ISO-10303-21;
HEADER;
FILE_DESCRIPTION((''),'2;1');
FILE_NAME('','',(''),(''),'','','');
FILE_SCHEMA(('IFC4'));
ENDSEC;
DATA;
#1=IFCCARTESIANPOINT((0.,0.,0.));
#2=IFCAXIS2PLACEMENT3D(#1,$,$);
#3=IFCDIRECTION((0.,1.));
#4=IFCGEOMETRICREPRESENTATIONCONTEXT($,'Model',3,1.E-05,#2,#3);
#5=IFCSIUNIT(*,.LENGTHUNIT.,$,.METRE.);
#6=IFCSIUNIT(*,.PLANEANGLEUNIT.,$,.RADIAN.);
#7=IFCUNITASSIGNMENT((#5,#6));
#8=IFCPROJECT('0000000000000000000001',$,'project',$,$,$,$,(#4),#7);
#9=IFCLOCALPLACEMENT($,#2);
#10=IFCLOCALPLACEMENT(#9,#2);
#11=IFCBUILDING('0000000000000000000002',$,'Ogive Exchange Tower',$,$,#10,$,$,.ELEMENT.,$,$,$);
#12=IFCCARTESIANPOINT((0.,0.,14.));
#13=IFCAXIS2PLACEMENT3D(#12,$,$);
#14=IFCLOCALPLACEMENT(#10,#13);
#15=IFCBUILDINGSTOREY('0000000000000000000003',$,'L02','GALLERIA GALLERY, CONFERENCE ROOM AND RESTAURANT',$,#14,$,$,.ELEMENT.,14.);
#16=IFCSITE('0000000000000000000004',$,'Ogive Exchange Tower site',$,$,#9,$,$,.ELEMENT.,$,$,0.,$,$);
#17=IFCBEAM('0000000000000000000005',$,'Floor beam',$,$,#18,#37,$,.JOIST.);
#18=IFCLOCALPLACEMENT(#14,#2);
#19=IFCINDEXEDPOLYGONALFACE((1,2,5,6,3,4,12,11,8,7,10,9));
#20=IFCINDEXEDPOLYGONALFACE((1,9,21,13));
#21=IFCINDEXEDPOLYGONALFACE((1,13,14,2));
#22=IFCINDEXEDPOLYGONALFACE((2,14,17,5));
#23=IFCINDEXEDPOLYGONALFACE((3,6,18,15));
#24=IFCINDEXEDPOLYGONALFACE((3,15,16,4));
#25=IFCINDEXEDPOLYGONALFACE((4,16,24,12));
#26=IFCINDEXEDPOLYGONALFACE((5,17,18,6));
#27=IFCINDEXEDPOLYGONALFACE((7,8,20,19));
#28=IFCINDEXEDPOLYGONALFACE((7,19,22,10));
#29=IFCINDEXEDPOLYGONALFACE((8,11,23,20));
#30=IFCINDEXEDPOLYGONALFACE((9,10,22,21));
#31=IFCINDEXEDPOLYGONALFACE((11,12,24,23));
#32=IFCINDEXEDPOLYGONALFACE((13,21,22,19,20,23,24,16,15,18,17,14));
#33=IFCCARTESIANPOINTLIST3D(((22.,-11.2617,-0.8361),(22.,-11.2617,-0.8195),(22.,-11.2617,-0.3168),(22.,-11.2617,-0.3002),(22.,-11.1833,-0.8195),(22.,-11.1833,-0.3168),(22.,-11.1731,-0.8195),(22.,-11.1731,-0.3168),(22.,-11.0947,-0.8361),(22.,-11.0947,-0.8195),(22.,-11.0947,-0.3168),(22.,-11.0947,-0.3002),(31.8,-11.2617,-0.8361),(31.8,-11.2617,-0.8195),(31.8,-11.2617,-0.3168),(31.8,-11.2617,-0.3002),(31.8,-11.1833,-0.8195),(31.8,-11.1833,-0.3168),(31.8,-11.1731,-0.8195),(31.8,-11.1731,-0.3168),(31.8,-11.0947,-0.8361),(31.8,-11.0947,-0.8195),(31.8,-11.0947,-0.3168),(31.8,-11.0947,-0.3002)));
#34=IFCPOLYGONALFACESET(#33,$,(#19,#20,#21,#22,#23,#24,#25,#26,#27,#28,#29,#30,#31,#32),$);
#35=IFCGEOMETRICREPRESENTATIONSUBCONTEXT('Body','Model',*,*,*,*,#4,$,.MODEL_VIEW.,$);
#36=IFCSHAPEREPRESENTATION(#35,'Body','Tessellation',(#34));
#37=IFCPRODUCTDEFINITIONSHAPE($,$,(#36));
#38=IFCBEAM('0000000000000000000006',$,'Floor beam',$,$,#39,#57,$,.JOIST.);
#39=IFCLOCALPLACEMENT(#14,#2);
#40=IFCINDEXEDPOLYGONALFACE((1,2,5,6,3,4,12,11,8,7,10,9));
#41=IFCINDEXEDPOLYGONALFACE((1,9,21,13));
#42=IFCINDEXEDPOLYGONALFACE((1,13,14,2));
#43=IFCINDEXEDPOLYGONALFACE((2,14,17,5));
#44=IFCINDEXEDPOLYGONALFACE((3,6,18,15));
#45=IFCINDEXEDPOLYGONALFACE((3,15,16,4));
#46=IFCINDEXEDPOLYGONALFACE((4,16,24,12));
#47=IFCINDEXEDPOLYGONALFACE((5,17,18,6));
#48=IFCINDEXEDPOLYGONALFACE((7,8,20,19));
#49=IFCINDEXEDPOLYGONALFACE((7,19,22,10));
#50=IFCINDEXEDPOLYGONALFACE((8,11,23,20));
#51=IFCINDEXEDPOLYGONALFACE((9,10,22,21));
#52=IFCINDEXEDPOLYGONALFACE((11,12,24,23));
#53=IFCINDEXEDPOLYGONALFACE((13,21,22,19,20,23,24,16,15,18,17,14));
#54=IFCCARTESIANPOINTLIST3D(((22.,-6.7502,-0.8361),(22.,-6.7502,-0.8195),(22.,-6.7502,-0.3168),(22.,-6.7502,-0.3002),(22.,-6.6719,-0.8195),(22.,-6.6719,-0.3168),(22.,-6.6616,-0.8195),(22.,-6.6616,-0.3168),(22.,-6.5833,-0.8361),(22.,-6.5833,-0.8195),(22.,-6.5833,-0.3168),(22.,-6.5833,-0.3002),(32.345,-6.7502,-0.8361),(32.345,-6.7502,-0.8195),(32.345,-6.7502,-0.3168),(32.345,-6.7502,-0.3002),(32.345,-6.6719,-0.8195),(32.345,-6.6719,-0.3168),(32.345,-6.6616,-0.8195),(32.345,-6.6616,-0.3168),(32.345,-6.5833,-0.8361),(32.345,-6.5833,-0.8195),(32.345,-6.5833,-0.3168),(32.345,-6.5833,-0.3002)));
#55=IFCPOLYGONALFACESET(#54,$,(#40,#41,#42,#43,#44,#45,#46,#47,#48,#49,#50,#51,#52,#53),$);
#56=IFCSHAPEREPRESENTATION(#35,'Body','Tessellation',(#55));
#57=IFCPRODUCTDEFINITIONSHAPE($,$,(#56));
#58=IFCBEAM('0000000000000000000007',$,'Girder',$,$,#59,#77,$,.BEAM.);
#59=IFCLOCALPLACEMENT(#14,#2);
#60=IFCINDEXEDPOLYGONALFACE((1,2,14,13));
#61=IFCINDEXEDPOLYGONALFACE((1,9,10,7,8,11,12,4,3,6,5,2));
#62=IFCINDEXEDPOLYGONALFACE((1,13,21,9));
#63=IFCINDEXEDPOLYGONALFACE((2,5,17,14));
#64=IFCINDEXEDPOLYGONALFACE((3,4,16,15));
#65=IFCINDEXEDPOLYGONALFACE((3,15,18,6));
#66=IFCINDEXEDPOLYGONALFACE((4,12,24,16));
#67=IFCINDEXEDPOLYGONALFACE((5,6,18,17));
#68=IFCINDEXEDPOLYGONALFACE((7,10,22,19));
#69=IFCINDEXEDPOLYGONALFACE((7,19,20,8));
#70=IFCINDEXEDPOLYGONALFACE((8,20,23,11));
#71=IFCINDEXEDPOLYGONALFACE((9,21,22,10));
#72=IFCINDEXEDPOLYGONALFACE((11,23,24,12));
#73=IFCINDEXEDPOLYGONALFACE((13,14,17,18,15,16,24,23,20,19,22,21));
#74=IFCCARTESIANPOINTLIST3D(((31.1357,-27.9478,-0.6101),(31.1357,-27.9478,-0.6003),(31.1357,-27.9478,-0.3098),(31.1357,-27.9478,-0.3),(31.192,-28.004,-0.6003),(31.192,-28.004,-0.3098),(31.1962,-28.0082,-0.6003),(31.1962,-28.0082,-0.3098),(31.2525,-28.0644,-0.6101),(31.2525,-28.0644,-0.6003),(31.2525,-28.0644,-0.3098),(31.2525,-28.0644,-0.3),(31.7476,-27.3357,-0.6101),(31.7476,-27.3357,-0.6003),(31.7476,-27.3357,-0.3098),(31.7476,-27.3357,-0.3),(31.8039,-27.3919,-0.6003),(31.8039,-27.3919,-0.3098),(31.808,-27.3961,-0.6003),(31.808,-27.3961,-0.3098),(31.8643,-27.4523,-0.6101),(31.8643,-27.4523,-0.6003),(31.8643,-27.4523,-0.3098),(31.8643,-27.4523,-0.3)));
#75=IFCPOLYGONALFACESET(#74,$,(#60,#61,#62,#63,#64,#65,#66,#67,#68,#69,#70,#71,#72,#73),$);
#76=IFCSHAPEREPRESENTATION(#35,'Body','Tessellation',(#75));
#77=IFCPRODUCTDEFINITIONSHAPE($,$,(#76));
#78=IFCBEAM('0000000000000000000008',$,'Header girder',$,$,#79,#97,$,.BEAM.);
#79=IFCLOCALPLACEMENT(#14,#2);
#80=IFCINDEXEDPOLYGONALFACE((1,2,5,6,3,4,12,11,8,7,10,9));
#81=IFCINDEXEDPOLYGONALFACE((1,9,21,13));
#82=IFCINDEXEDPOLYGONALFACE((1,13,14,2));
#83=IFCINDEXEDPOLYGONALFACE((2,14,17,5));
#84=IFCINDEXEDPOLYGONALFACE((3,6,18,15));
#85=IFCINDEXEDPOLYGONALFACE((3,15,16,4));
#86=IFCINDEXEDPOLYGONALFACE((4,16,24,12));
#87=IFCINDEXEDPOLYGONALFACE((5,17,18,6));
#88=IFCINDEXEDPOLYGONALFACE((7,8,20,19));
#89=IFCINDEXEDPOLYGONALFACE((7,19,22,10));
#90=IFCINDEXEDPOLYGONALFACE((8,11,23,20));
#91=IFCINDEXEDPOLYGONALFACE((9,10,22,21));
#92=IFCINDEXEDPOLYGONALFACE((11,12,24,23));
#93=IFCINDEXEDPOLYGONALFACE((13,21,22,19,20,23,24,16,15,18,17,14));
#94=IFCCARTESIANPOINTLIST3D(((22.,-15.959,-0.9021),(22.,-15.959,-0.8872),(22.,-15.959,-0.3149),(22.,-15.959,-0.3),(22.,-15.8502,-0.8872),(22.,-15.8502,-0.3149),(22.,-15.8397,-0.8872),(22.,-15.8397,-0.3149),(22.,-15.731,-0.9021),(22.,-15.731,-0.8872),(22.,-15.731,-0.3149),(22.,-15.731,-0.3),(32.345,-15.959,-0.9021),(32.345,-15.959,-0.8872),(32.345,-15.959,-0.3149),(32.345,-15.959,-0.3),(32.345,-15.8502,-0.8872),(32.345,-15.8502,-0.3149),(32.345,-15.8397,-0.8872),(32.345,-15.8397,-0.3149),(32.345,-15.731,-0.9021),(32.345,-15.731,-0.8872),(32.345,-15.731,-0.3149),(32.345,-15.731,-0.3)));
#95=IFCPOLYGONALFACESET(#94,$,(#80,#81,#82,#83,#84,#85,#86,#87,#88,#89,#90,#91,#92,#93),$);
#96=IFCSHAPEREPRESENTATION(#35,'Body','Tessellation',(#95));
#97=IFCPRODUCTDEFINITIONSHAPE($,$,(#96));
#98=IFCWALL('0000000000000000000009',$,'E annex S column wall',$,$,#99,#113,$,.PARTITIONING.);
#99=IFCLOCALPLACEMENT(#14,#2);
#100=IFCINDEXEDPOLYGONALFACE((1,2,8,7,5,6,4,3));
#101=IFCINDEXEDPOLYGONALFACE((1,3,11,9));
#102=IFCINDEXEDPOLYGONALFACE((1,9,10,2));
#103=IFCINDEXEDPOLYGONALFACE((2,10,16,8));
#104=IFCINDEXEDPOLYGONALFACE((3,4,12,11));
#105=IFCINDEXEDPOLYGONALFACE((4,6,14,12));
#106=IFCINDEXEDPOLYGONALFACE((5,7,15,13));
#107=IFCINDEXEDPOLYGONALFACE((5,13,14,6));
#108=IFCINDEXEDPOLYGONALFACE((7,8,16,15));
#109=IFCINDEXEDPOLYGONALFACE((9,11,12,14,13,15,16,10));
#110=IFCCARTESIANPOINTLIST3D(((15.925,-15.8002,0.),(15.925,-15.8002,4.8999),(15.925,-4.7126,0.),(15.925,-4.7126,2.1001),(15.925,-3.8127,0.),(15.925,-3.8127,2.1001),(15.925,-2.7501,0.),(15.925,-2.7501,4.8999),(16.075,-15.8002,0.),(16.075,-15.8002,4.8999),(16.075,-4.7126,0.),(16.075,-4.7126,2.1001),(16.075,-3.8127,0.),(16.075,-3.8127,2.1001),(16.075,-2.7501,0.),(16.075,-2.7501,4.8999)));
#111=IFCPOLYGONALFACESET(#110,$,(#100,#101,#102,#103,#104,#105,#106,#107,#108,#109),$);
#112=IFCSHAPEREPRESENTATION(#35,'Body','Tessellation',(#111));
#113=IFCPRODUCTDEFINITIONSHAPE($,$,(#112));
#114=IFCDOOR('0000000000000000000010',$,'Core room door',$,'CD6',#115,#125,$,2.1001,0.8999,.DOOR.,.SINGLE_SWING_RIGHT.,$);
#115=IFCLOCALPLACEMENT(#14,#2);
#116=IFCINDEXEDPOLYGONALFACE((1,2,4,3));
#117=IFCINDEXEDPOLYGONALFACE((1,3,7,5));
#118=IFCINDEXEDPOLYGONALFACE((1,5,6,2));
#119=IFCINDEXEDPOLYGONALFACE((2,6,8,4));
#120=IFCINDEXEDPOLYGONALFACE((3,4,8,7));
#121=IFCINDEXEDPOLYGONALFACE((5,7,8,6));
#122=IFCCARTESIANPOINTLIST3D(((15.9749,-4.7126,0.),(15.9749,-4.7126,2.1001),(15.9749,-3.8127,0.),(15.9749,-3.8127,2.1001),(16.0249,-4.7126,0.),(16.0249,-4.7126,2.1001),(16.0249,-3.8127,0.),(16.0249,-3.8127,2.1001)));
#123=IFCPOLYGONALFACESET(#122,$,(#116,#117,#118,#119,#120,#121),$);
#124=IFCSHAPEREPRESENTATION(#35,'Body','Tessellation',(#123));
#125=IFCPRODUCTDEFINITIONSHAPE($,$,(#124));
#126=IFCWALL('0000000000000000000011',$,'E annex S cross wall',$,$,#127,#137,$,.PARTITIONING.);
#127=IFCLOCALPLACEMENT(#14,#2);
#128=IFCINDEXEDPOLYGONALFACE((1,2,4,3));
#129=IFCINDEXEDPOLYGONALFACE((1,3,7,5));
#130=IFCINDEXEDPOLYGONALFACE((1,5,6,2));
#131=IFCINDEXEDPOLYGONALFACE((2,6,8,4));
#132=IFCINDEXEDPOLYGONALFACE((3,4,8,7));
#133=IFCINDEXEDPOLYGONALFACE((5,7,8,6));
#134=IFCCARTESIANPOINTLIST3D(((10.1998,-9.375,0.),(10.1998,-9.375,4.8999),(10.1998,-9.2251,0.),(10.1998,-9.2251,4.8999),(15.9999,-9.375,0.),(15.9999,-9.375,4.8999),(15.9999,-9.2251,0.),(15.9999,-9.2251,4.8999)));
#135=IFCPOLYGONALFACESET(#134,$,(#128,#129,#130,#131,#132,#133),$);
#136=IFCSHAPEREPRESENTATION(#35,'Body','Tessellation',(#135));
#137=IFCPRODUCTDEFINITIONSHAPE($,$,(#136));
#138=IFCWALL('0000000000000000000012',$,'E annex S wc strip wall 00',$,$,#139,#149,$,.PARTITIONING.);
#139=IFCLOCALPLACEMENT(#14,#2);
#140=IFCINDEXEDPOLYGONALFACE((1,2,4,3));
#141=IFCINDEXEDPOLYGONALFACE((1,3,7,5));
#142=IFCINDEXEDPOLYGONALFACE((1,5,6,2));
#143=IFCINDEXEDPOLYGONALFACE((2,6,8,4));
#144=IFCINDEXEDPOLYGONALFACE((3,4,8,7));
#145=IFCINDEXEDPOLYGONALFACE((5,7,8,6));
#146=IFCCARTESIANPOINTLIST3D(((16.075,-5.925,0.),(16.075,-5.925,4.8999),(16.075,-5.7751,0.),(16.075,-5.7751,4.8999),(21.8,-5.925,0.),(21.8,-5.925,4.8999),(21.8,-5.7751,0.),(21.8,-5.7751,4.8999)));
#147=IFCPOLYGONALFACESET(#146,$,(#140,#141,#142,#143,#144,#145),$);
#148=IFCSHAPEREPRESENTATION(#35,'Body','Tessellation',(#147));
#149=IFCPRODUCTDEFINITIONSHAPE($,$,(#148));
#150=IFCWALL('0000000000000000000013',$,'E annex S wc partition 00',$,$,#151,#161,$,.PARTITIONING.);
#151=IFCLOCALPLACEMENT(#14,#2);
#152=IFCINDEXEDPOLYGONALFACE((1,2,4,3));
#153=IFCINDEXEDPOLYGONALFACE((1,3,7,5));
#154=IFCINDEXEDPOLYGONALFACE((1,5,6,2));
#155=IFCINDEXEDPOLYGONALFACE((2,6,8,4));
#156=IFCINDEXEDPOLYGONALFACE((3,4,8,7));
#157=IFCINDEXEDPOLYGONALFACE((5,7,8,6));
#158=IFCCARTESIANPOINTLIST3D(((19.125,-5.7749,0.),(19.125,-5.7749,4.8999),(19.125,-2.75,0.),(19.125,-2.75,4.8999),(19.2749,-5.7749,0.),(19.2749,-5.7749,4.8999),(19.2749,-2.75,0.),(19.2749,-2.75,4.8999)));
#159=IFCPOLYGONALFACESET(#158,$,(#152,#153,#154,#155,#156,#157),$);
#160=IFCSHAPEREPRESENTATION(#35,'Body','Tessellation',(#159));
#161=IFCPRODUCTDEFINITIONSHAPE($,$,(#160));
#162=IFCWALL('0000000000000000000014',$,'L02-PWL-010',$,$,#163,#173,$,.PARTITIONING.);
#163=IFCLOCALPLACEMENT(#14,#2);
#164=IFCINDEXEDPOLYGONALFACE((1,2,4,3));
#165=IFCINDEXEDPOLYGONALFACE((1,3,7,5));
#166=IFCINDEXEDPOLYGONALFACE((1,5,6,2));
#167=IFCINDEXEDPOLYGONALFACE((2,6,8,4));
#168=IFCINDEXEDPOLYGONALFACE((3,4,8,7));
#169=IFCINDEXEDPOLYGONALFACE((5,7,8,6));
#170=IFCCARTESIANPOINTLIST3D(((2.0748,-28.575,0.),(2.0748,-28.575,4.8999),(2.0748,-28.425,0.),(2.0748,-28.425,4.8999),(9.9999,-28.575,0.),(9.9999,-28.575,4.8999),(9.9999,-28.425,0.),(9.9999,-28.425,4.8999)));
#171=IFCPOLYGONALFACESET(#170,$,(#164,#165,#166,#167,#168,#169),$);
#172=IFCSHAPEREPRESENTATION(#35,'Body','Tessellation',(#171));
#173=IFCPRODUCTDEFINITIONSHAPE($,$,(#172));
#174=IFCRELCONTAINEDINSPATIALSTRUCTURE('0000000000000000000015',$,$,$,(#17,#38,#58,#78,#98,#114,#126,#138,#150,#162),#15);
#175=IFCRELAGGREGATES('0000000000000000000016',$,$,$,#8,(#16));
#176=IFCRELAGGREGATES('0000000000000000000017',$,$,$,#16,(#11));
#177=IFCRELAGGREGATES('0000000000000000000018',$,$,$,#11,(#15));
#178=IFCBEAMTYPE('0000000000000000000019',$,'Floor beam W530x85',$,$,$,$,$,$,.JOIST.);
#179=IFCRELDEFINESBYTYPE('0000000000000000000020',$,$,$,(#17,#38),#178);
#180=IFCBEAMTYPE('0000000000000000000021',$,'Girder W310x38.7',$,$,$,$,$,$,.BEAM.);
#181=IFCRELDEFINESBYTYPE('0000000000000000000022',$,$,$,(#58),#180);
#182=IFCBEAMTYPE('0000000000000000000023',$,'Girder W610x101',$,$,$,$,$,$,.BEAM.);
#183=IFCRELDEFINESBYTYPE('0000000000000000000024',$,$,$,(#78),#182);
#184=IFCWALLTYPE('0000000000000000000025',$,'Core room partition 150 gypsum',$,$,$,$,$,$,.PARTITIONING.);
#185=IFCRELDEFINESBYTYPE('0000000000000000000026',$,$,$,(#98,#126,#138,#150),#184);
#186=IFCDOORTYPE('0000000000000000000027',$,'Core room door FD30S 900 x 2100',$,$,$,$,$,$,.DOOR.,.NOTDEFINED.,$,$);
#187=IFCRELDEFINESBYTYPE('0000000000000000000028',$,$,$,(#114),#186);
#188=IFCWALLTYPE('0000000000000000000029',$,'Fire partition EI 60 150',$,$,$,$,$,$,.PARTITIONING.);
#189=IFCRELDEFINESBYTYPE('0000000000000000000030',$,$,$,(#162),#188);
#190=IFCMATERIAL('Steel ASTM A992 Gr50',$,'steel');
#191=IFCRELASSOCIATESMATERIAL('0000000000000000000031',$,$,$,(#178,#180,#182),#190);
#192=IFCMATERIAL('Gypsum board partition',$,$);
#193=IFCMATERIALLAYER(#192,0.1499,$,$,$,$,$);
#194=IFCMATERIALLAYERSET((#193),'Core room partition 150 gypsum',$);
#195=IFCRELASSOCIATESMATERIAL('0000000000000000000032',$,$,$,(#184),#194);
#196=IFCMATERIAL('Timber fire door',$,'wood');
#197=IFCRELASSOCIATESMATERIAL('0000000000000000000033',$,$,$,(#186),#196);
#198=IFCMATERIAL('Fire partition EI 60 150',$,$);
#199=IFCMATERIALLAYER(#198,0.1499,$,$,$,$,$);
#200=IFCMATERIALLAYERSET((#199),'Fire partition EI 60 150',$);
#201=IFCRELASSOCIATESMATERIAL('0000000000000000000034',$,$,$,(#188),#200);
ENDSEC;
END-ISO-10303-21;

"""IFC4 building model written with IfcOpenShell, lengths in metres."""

from ifc_helpers import new_model, si_unit, direction, frame, frame_2d, origin, origin_2d, place, context, subcontext, project, spatial, rectangle, i_section, extrude, material, layer, layer_set, material_profile, profile_set, type_object, element, fill, save


model = new_model("IFC4")

# Units and contexts
model_context = context("Model", 3, precision=1e-05, world=origin(), true_north=direction((0.0, 1.0)))
body_context = subcontext(model_context, "Body", "Model", "MODEL_VIEW")
ifc_project = project(units=[si_unit("LENGTHUNIT", "METRE"), si_unit("PLANEANGLEUNIT", "RADIAN")], contexts=[model_context])

# Site, building, storey
site_placement = place(None, origin())
site = spatial("IfcSite", under=ifc_project, at=site_placement, Name="Ogive Exchange Tower site", CompositionType="ELEMENT", RefElevation=0.0)
building_placement = place(site_placement, origin())
building = spatial("IfcBuilding", under=site, at=building_placement, Name="Ogive Exchange Tower", CompositionType="ELEMENT")
storey_placement = place(building_placement, frame((0.0, 0.0, 14.0)))
storey = spatial("IfcBuildingStorey", under=building, at=storey_placement, Name="L02", Description="GALLERIA GALLERY, CONFERENCE ROOM AND RESTAURANT", CompositionType="ELEMENT", Elevation=14.0)

# Beams
ifc_material_1 = material(Name="Steel ASTM A992 Gr50", Category="steel")
ifc_material_profile_1 = material_profile(ifc_material_1, i_section(OverallWidth=0.167, OverallDepth=0.5359, WebThickness=0.0103, FlangeThickness=0.0166, at=origin_2d()), Name="W530x85")
ifc_profile_set_1 = profile_set([ifc_material_profile_1], Name="Steel ASTM A992 Gr50")
beam_type_1 = type_object("IfcBeamType", Name="Floor beam W530x85", PredefinedType="JOIST", material=ifc_profile_set_1)
beam_1_placement = place(storey_placement, frame((22.0, -11.1782, -0.5681), z_axis=(1.0, 0.0, 0.0), x_axis=(0.0, 1.0, 0.0)))
element("IfcBeam", 1, at=beam_1_placement, inside=storey, type_object=beam_type_1, Name="Floor beam", PredefinedType="JOIST", context=body_context, shape_type="SweptSolid", body=[
    extrude(i_section(OverallWidth=0.167, OverallDepth=0.5359, WebThickness=0.0103, FlangeThickness=0.0166, at=origin_2d()), origin(), (0.0, 0.0, 1.0), 9.8),
])
beam_2_placement = place(storey_placement, frame((22.0, -6.6667, -0.5681), z_axis=(1.0, 0.0, 0.0), x_axis=(0.0, 1.0, 0.0)))
element("IfcBeam", 2, at=beam_2_placement, inside=storey, type_object=beam_type_1, Name="Floor beam", PredefinedType="JOIST", context=body_context, shape_type="SweptSolid", body=[
    extrude(i_section(OverallWidth=0.167, OverallDepth=0.5359, WebThickness=0.0103, FlangeThickness=0.0166, at=origin_2d()), origin(), (0.0, 0.0, 1.0), 10.345),
])
ifc_material_profile_2 = material_profile(ifc_material_1, i_section(OverallWidth=0.165, OverallDepth=0.3101, WebThickness=0.0059, FlangeThickness=0.0098, at=origin_2d()), Name="W310x38.7")
ifc_profile_set_2 = profile_set([ifc_material_profile_2], Name="Steel ASTM A992 Gr50")
beam_type_2 = type_object("IfcBeamType", Name="Girder W310x38.7", PredefinedType="BEAM", material=ifc_profile_set_2)
beam_3_placement = place(storey_placement, frame((31.1941, -28.0061, -0.4551), z_axis=(0.706966, 0.707248, 0.0), x_axis=(-0.707248, 0.706966, 0.0)))
element("IfcBeam", 3, at=beam_3_placement, inside=storey, type_object=beam_type_2, Name="Girder", PredefinedType="BEAM", context=body_context, shape_type="SweptSolid", body=[
    extrude(i_section(OverallWidth=0.165, OverallDepth=0.3101, WebThickness=0.0059, FlangeThickness=0.0098, at=origin_2d()), origin(), (0.0, 0.0, 1.0), 0.8655),
])
ifc_material_profile_3 = material_profile(ifc_material_1, i_section(OverallWidth=0.228, OverallDepth=0.6021, WebThickness=0.0105, FlangeThickness=0.0149, at=origin_2d()), Name="W610x101")
ifc_profile_set_3 = profile_set([ifc_material_profile_3], Name="Steel ASTM A992 Gr50")
beam_type_3 = type_object("IfcBeamType", Name="Girder W610x101", PredefinedType="BEAM", material=ifc_profile_set_3)
beam_4_placement = place(storey_placement, frame((22.0, -15.845, -0.6011), z_axis=(1.0, 0.0, 0.0), x_axis=(0.0, 1.0, 0.0)))
element("IfcBeam", 4, at=beam_4_placement, inside=storey, type_object=beam_type_3, Name="Header girder", PredefinedType="BEAM", context=body_context, shape_type="SweptSolid", body=[
    extrude(i_section(OverallWidth=0.228, OverallDepth=0.6021, WebThickness=0.0105, FlangeThickness=0.0149, at=origin_2d()), origin(), (0.0, 0.0, 1.0), 10.345),
])

# Wall, opening, door
ifc_material_2 = material(Name="Gypsum board partition")
ifc_layer_1 = layer(ifc_material_2, 0.1499)
ifc_layer_set_1 = layer_set([ifc_layer_1], Name="Core room partition 150 gypsum")
wall_type_1 = type_object("IfcWallType", Name="Core room partition 150 gypsum", PredefinedType="PARTITIONING", material=ifc_layer_set_1)
wall_1_placement = place(storey_placement, frame((16.0, -15.8, 0.0), z_axis=(0.0, 0.0, 1.0), x_axis=(0.0, 1.0, 0.0)))
wall_1 = element("IfcWall", 5, at=wall_1_placement, inside=storey, type_object=wall_type_1, Name="E annex S column wall", PredefinedType="PARTITIONING", context=body_context, shape_type="SweptSolid", body=[
    extrude(rectangle(XDim=13.05, YDim=0.1499, at=frame_2d((6.5249, 0.0))), origin(), (0.0, 0.0, 1.0), 4.8999),
])
opening_1_placement = place(wall_1_placement, frame((11.0874, 0.0, 0.0)))
opening_1 = element("IfcOpeningElement", 6, at=opening_1_placement, cuts=wall_1, PredefinedType="OPENING", context=body_context, shape_type="SweptSolid", body=[
    extrude(rectangle(XDim=0.8999, YDim=2.1001, at=frame_2d((0.45, 1.05))), frame((0.0, 0.085, 0.0), z_axis=(0.0, -1.0, 0.0), x_axis=(1.0, 0.0, 0.0)), (0.0, 0.0, 1.0), 0.1699),
])
ifc_material_3 = material(Name="Timber fire door", Category="wood")
door_type_1 = type_object("IfcDoorType", Name="Core room door FD30S 900 x 2100", OperationType="NOTDEFINED", PredefinedType="DOOR", material=ifc_material_3)
door_1_placement = place(opening_1_placement, frame((0.8999, 0.0, 0.0), z_axis=(0.0, 0.0, 1.0), x_axis=(-1.0, 0.0, 0.0)))
door_1 = element("IfcDoor", 7, at=door_1_placement, inside=storey, type_object=door_type_1, Name="Core room door", ObjectType="CD6", OperationType="SINGLE_SWING_RIGHT", OverallHeight=2.1001, OverallWidth=0.8999, PredefinedType="DOOR", context=body_context, shape_type="SweptSolid", body=[
    extrude(rectangle(XDim=0.8999, YDim=2.1001, at=frame_2d((0.45, 1.05))), frame((0.0, 0.0249, 0.0), z_axis=(0.0, -1.0, 0.0), x_axis=(1.0, 0.0, 0.0)), (0.0, 0.0, 1.0), 0.05),
])
fill(opening_1, door_1)

# Walls
wall_2_placement = place(storey_placement, frame((10.2, -9.3, 0.0), z_axis=(0.0, 0.0, 1.0), x_axis=(1.0, 0.0, 0.0)))
element("IfcWall", 8, at=wall_2_placement, inside=storey, type_object=wall_type_1, Name="E annex S cross wall", PredefinedType="PARTITIONING", context=body_context, shape_type="SweptSolid", body=[
    extrude(rectangle(XDim=5.8, YDim=0.1499, at=frame_2d((2.8999, 0.0))), origin(), (0.0, 0.0, 1.0), 4.8999),
])
wall_3_placement = place(storey_placement, frame((16.075, -5.8501, 0.0), z_axis=(0.0, 0.0, 1.0), x_axis=(1.0, 0.0, 0.0)))
element("IfcWall", 9, at=wall_3_placement, inside=storey, type_object=wall_type_1, Name="E annex S wc strip wall 00", PredefinedType="PARTITIONING", context=body_context, shape_type="SweptSolid", body=[
    extrude(rectangle(XDim=5.7251, YDim=0.1499, at=frame_2d((2.8625, 0.0))), origin(), (0.0, 0.0, 1.0), 4.8999),
])
wall_4_placement = place(storey_placement, frame((19.2, -5.7749, 0.0), z_axis=(0.0, 0.0, 1.0), x_axis=(0.0, 1.0, 0.0)))
element("IfcWall", 10, at=wall_4_placement, inside=storey, type_object=wall_type_1, Name="E annex S wc partition 00", PredefinedType="PARTITIONING", context=body_context, shape_type="SweptSolid", body=[
    extrude(rectangle(XDim=3.0249, YDim=0.1499, at=frame_2d((1.5125, 0.0))), origin(), (0.0, 0.0, 1.0), 4.8999),
])
ifc_material_4 = material(Name="Fire partition EI 60 150")
ifc_layer_2 = layer(ifc_material_4, 0.1499)
ifc_layer_set_2 = layer_set([ifc_layer_2], Name="Fire partition EI 60 150")
wall_type_2 = type_object("IfcWallType", Name="Fire partition EI 60 150", PredefinedType="PARTITIONING", material=ifc_layer_set_2)
wall_5_placement = place(storey_placement, frame((2.075, -28.5, 0.0), z_axis=(0.0, 0.0, 1.0), x_axis=(1.0, 0.0, 0.0)))
element("IfcWall", 11, at=wall_5_placement, inside=storey, type_object=wall_type_2, Name="L02-PWL-010", PredefinedType="PARTITIONING", context=body_context, shape_type="SweptSolid", body=[
    extrude(rectangle(XDim=7.925, YDim=0.1499, at=frame_2d((3.9624, 0.0))), origin(), (0.0, 0.0, 1.0), 4.8999),
])

save(model, "model.ifc")
